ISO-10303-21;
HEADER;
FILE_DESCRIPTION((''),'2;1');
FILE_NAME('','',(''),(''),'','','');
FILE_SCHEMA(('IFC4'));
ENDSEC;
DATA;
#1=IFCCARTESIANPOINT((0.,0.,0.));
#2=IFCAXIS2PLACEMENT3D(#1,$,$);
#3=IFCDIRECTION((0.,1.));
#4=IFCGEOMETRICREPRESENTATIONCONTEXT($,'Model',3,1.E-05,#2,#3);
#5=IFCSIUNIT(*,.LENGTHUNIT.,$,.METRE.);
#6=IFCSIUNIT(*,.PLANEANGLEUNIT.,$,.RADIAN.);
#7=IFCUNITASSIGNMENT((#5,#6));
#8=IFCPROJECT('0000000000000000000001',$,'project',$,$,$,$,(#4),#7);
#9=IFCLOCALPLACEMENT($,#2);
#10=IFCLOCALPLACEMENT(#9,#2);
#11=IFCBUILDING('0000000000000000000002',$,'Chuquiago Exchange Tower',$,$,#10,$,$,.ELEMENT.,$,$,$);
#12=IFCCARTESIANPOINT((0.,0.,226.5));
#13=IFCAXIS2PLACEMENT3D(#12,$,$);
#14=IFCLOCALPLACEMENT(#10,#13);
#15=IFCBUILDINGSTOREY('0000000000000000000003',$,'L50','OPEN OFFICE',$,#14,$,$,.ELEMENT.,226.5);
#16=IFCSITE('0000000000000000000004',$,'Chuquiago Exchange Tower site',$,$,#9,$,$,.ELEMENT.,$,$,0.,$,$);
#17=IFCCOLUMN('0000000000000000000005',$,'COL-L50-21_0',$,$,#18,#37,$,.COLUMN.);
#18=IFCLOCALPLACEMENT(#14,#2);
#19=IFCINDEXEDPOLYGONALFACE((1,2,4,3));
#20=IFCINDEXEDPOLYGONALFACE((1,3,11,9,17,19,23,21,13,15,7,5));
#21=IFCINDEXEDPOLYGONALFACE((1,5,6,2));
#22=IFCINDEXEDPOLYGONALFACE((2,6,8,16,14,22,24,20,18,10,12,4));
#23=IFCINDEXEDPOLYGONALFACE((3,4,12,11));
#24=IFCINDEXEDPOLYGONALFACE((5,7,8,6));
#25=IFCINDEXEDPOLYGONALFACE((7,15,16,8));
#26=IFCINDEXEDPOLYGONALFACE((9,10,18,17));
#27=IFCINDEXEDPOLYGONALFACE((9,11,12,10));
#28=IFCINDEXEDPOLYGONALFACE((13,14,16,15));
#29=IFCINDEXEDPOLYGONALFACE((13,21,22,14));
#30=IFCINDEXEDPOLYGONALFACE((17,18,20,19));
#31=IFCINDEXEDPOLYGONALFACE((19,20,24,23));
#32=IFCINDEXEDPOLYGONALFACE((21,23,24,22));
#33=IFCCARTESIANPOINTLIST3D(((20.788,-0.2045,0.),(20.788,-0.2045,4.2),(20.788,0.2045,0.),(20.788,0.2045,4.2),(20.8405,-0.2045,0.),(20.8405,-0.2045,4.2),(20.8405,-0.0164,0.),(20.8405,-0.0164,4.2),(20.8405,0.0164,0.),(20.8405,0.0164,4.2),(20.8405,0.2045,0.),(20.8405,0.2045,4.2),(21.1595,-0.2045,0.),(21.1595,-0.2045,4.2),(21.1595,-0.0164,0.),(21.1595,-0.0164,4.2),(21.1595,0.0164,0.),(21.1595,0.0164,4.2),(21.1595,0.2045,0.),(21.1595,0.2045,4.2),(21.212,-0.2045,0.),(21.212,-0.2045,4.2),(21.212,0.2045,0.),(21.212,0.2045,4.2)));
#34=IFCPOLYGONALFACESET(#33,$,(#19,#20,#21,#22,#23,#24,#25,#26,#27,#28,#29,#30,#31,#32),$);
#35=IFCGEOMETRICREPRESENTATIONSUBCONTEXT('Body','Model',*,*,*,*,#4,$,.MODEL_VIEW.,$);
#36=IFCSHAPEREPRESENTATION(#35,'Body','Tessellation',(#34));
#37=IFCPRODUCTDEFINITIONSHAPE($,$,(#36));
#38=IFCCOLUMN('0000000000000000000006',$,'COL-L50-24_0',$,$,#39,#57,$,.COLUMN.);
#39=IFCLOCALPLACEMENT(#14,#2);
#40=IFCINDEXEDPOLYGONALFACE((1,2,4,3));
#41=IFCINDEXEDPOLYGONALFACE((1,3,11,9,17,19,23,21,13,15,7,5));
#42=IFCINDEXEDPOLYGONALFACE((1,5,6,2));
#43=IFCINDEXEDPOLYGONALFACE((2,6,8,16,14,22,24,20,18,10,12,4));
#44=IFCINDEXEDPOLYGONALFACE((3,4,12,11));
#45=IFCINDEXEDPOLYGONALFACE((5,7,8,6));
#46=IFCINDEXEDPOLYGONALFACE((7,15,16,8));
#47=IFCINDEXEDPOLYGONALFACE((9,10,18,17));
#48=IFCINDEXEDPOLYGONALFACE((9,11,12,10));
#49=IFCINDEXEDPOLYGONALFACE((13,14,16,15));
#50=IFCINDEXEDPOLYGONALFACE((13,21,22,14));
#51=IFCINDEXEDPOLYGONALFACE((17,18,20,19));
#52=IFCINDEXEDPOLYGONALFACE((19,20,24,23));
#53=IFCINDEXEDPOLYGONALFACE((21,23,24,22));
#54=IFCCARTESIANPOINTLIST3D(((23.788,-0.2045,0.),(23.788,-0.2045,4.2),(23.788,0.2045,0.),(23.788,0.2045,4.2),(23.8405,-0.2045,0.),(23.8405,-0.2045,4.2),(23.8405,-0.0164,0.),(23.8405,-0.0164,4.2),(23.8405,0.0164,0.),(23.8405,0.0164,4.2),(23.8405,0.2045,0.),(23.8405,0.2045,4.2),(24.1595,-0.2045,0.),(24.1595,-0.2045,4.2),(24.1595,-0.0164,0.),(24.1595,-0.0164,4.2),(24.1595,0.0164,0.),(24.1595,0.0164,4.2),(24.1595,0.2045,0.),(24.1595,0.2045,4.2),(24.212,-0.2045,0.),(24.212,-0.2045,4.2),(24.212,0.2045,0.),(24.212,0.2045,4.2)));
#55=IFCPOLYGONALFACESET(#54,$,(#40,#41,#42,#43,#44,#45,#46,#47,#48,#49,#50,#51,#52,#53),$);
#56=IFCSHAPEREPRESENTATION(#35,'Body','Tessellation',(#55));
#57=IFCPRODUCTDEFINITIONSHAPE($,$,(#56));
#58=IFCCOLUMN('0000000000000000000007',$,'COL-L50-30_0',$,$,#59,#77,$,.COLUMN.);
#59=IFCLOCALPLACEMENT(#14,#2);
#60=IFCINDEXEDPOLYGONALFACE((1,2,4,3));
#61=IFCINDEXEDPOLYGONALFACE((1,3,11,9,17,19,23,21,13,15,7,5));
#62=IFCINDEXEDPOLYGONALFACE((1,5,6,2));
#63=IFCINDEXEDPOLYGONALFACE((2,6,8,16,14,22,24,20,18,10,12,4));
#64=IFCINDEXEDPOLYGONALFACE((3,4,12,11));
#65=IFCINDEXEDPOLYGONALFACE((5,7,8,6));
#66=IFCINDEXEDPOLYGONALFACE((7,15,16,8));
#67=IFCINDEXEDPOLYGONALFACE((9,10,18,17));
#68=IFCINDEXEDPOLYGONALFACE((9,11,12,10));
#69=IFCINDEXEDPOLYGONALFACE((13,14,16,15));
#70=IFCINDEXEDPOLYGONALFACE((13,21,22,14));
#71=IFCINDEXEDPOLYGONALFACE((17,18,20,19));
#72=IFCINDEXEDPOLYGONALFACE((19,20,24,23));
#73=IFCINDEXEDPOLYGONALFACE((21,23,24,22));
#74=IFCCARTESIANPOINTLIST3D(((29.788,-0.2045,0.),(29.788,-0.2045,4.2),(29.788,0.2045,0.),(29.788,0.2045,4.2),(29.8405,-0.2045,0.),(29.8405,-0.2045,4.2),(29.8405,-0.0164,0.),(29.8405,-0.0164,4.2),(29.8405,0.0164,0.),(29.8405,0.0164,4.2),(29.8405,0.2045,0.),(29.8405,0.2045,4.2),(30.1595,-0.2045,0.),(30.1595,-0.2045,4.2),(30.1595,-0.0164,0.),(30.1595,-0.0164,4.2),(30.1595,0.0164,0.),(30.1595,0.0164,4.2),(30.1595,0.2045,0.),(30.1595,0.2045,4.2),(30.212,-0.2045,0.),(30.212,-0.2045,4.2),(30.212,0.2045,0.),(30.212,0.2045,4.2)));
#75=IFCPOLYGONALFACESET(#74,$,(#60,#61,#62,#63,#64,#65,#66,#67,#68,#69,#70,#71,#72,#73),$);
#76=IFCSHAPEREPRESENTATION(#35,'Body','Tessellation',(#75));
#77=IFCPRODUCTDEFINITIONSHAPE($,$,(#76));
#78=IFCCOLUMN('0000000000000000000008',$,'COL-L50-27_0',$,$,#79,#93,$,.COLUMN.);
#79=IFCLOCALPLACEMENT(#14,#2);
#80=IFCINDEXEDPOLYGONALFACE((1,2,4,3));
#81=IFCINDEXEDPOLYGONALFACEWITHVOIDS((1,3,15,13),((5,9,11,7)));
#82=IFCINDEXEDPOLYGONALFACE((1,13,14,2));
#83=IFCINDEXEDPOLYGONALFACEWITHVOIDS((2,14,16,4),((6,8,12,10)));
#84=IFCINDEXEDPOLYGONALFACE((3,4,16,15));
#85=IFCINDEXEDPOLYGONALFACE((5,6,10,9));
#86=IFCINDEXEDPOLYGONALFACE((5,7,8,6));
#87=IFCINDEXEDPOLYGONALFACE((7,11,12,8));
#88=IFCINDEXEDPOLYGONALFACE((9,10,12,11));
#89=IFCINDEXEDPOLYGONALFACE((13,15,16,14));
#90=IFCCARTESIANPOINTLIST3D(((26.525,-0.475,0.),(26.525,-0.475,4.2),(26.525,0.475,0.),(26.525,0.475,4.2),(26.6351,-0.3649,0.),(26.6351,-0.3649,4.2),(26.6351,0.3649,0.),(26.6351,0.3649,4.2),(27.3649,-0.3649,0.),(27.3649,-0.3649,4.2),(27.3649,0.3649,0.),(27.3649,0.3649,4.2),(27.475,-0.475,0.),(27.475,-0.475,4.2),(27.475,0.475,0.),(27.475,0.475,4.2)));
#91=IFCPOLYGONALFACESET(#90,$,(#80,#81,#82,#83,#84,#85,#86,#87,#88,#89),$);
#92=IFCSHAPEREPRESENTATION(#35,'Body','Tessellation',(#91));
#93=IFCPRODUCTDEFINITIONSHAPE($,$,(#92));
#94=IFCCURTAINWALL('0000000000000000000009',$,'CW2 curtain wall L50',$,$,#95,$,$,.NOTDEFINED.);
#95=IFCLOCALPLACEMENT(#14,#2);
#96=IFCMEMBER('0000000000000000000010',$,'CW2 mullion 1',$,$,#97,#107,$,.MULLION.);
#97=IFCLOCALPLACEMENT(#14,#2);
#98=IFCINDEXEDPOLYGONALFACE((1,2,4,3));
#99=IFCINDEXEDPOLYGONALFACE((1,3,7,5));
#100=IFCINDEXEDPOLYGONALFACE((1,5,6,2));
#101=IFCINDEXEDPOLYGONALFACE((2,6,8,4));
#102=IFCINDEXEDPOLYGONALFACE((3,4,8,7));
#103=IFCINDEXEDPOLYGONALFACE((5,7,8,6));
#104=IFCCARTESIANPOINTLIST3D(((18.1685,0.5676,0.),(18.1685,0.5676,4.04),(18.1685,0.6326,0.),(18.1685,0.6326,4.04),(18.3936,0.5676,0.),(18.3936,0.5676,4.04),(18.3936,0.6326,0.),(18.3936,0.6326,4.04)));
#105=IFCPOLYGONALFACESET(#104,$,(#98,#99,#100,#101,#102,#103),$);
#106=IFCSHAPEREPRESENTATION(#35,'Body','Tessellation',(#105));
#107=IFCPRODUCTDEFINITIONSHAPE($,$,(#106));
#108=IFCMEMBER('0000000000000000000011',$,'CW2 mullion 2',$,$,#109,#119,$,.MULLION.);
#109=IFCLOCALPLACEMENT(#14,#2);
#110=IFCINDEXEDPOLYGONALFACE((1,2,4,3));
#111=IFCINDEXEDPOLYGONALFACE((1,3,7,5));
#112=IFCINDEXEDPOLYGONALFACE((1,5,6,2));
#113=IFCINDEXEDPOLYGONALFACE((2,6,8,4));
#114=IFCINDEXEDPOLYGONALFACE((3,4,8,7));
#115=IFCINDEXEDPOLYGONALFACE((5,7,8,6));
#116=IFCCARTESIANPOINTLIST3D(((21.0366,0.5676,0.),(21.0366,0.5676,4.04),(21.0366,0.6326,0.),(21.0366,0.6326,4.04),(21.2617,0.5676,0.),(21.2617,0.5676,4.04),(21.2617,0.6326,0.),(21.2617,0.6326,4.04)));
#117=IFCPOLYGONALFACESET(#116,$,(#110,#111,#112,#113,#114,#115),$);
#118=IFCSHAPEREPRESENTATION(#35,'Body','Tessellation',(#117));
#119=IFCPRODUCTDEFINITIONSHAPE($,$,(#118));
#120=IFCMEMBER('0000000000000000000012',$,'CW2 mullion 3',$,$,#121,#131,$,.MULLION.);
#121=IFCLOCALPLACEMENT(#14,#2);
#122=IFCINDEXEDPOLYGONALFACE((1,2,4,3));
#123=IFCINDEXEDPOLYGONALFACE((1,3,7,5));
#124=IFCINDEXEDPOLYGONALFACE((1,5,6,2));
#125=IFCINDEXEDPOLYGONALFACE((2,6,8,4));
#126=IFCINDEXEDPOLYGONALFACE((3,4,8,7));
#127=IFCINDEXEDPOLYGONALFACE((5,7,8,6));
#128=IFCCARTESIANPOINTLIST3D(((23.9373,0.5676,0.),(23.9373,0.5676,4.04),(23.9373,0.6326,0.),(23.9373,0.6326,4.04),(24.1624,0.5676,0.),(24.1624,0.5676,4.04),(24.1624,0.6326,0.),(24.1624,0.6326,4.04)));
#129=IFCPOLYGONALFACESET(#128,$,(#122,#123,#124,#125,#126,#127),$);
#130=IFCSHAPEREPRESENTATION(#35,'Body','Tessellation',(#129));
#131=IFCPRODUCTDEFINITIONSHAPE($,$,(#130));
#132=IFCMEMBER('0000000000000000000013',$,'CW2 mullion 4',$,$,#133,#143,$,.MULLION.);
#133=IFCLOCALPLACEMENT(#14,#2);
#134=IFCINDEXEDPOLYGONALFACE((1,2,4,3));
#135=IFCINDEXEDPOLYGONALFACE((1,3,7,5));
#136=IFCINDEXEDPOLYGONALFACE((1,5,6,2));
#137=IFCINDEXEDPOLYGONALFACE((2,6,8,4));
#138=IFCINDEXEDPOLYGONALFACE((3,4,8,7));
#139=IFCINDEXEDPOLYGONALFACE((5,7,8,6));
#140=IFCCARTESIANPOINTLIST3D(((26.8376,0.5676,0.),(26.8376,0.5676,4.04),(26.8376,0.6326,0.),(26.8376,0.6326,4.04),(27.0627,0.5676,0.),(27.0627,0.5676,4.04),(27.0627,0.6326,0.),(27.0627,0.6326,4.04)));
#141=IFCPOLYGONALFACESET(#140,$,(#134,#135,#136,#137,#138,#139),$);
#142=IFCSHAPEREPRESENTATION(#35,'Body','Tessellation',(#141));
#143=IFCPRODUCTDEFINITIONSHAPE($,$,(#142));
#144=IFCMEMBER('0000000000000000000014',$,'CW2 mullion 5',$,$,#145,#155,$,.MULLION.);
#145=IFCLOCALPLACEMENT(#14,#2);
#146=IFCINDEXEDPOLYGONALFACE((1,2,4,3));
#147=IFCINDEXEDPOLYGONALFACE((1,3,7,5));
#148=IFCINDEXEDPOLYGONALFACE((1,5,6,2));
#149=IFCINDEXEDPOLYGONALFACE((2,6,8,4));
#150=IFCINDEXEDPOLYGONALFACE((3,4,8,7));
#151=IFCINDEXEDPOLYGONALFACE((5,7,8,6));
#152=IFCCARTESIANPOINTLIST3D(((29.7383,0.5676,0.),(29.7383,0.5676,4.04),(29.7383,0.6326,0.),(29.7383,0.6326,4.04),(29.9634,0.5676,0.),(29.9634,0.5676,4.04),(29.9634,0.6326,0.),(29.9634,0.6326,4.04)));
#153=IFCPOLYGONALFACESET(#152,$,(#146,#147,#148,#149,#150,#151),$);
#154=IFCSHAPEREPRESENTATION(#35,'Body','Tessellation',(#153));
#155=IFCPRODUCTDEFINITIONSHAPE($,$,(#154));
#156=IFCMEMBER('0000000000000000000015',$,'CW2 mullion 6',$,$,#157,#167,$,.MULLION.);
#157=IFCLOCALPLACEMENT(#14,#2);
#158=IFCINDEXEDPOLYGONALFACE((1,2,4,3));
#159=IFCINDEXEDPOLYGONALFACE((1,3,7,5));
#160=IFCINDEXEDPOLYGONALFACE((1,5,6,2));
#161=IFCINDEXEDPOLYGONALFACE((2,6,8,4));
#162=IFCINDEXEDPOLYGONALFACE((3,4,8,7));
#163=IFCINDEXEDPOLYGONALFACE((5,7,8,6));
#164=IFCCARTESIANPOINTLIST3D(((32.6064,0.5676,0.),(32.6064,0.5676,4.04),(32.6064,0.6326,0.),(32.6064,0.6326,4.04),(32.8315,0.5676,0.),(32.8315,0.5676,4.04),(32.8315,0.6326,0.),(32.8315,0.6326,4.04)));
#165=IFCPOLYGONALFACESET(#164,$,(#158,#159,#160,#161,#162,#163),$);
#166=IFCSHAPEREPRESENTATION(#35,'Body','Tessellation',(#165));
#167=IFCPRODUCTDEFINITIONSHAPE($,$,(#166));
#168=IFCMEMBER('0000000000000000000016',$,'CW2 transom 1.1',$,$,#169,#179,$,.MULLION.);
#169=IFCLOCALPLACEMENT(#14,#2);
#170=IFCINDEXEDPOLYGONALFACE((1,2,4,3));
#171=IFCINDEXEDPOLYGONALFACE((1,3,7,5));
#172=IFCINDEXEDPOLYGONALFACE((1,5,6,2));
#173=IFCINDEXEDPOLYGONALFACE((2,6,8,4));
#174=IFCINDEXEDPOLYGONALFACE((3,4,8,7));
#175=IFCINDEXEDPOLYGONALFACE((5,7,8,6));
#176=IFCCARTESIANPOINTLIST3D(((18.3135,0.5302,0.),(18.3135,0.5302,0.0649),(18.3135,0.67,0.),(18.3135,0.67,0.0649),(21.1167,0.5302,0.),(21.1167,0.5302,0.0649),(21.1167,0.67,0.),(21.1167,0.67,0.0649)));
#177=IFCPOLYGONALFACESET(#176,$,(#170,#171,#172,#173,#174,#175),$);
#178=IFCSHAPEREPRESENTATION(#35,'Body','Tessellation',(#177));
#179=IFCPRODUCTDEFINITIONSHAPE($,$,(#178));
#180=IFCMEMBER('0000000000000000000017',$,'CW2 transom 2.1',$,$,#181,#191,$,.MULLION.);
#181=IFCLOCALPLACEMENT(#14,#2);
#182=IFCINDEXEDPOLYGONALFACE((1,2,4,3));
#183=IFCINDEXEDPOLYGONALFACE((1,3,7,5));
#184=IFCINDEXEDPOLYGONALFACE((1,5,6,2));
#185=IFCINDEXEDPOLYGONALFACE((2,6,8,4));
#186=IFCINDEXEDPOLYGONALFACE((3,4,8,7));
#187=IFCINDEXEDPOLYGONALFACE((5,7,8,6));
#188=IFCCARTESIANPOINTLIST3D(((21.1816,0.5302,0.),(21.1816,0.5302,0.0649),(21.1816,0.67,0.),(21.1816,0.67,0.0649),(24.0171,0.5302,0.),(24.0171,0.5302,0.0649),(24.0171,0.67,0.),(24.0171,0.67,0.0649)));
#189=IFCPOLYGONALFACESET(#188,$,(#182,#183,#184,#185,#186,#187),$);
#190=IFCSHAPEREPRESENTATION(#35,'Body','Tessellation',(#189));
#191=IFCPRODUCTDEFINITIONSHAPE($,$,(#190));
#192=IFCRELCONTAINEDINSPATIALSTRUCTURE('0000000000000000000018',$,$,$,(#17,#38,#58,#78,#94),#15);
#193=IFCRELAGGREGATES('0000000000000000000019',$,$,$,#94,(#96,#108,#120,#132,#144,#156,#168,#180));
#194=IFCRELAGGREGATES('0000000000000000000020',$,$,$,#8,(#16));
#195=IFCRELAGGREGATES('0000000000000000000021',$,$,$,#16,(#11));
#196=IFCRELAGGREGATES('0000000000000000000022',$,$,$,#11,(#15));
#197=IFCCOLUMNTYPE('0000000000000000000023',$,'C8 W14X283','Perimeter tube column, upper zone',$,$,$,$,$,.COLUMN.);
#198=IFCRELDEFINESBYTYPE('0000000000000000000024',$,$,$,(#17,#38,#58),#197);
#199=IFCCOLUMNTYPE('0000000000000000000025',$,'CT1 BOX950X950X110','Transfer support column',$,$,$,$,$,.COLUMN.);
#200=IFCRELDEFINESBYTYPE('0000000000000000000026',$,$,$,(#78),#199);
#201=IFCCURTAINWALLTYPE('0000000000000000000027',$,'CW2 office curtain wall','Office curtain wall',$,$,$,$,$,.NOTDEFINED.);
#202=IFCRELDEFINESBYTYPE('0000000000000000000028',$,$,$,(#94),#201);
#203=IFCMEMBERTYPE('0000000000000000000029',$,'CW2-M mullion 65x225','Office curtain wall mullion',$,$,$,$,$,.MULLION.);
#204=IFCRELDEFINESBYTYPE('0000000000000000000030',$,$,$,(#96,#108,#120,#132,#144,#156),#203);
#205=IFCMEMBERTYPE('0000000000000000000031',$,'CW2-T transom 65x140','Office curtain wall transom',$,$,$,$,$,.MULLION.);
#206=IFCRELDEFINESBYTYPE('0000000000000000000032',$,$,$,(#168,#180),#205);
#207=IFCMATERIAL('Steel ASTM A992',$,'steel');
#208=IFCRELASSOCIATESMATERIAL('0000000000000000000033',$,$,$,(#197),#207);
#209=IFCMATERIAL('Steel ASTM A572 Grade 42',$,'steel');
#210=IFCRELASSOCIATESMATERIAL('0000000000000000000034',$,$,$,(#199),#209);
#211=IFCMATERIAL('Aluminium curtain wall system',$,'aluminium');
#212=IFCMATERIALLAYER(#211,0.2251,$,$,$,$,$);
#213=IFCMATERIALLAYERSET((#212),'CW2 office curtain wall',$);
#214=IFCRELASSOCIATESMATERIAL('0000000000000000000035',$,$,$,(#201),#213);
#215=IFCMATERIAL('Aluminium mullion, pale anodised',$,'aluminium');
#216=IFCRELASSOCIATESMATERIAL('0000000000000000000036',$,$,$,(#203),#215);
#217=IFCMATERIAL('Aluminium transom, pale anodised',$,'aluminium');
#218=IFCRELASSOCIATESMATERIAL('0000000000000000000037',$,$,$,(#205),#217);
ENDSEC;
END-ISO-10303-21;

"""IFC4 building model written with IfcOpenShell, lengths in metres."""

from ifc_helpers import new_model, si_unit, direction, frame, origin, origin_2d, place, context, subcontext, project, spatial, rectangle, hollow_rectangle, i_section, extrude, material, layer, layer_set, material_profile, profile_set, type_object, element, aggregate, save


model = new_model("IFC4")

# Units and contexts
model_context = context("Model", 3, precision=1e-05, world=origin(), true_north=direction((0.0, 1.0)))
body_context = subcontext(model_context, "Body", "Model", "MODEL_VIEW")
ifc_project = project(units=[si_unit("LENGTHUNIT", "METRE"), si_unit("PLANEANGLEUNIT", "RADIAN")], contexts=[model_context])

# Site, building, storey
site_placement = place(None, origin())
site = spatial("IfcSite", under=ifc_project, at=site_placement, Name="Chuquiago Exchange Tower site", CompositionType="ELEMENT", RefElevation=0.0)
building_placement = place(site_placement, origin())
building = spatial("IfcBuilding", under=site, at=building_placement, Name="Chuquiago Exchange Tower", CompositionType="ELEMENT")
storey_placement = place(building_placement, frame((0.0, 0.0, 226.5)))
storey = spatial("IfcBuildingStorey", under=building, at=storey_placement, Name="L50", Description="OPEN OFFICE", CompositionType="ELEMENT", Elevation=226.5)

# Columns
ifc_material_1 = material(Name="Steel ASTM A992", Category="steel")
ifc_material_profile_1 = material_profile(ifc_material_1, i_section(OverallWidth=0.4089, OverallDepth=0.4241, WebThickness=0.0327, FlangeThickness=0.0525, at=origin_2d()), Name="W14X283")
ifc_profile_set_1 = profile_set([ifc_material_profile_1], Name="Steel ASTM A992")
column_type_1 = type_object("IfcColumnType", Name="C8 W14X283", Description="Perimeter tube column, upper zone", PredefinedType="COLUMN", material=ifc_profile_set_1)
for number, where, z_axis, x_axis, name in (
    (1, (21.0, 0.0, 0.0), (0.0, 0.0, 1.0), (0.0, -1.0, 0.0), "COL-L50-21_0"),
    (2, (24.0, 0.0, 0.0), (0.0, 0.0, 1.0), (0.0, -1.0, 0.0), "COL-L50-24_0"),
    (3, (30.0, 0.0, 0.0), (0.0, 0.0, 1.0), (0.0, -1.0, 0.0), "COL-L50-30_0"),
):
    element("IfcColumn", number, at=place(storey_placement, frame(where, z_axis=z_axis, x_axis=x_axis)), inside=storey, type_object=column_type_1, Name=name, PredefinedType="COLUMN", context=body_context, shape_type="SweptSolid", body=[
        extrude(i_section(OverallWidth=0.4089, OverallDepth=0.4241, WebThickness=0.0327, FlangeThickness=0.0525, at=origin_2d()), origin(), (0.0, 0.0, 1.0), 4.2),
    ])
ifc_material_2 = material(Name="Steel ASTM A572 Grade 42", Category="steel")
ifc_material_profile_2 = material_profile(ifc_material_2, hollow_rectangle(XDim=0.95, YDim=0.95, WallThickness=0.1101, at=origin_2d()), Name="BOX950X950X110")
ifc_profile_set_2 = profile_set([ifc_material_profile_2], Name="Steel ASTM A572 Grade 42")
column_type_2 = type_object("IfcColumnType", Name="CT1 BOX950X950X110", Description="Transfer support column", PredefinedType="COLUMN", material=ifc_profile_set_2)
column_placement = place(storey_placement, frame((27.0, 0.0, 0.0), z_axis=(0.0, 0.0, 1.0), x_axis=(0.0, -1.0, 0.0)))
element("IfcColumn", 4, at=column_placement, inside=storey, type_object=column_type_2, Name="COL-L50-27_0", PredefinedType="COLUMN", context=body_context, shape_type="SweptSolid", body=[
    extrude(hollow_rectangle(XDim=0.95, YDim=0.95, WallThickness=0.1101, at=origin_2d()), origin(), (0.0, 0.0, 1.0), 4.2),
])

# Curtain wall, members
ifc_material_3 = material(Name="Aluminium curtain wall system", Category="aluminium")
ifc_layer_1 = layer(ifc_material_3, 0.2251)
ifc_layer_set_1 = layer_set([ifc_layer_1], Name="CW2 office curtain wall")
curtain_wall_type_1 = type_object("IfcCurtainWallType", Name="CW2 office curtain wall", Description="Office curtain wall", PredefinedType="NOTDEFINED", material=ifc_layer_set_1)
curtain_wall_1_placement = place(storey_placement, origin())
curtain_wall_1 = element("IfcCurtainWall", 5, at=curtain_wall_1_placement, inside=storey, type_object=curtain_wall_type_1, Name="CW2 curtain wall L50", PredefinedType="NOTDEFINED")
ifc_material_4 = material(Name="Aluminium mullion, pale anodised", Category="aluminium")
ifc_material_profile_3 = material_profile(ifc_material_4, rectangle(XDim=0.0649, YDim=0.2251, at=origin_2d()), Name="AL 65x225")
ifc_profile_set_3 = profile_set([ifc_material_profile_3], Name="Aluminium mullion, pale anodised")
member_type_1 = type_object("IfcMemberType", Name="CW2-M mullion 65x225", Description="Office curtain wall mullion", PredefinedType="MULLION", material=ifc_profile_set_3)
member_1_placement = place(storey_placement, frame((18.281, 0.6001, 0.0), z_axis=(0.0, 0.0, 1.0), x_axis=(0.0, 1.0, 0.0)))
member_1 = element("IfcMember", 6, at=member_1_placement, type_object=member_type_1, Name="CW2 mullion 1", PredefinedType="MULLION", context=body_context, shape_type="SweptSolid", body=[
    extrude(rectangle(XDim=0.0649, YDim=0.2251, at=origin_2d()), origin(), (0.0, 0.0, 1.0), 4.04),
])
member_2_placement = place(storey_placement, frame((21.1492, 0.6001, 0.0), z_axis=(0.0, 0.0, 1.0), x_axis=(0.0, 1.0, 0.0)))
member_2 = element("IfcMember", 7, at=member_2_placement, type_object=member_type_1, Name="CW2 mullion 2", PredefinedType="MULLION", context=body_context, shape_type="SweptSolid", body=[
    extrude(rectangle(XDim=0.0649, YDim=0.2251, at=origin_2d()), origin(), (0.0, 0.0, 1.0), 4.04),
])
member_3_placement = place(storey_placement, frame((24.0498, 0.6001, 0.0), z_axis=(0.0, 0.0, 1.0), x_axis=(0.0, 1.0, 0.0)))
member_3 = element("IfcMember", 8, at=member_3_placement, type_object=member_type_1, Name="CW2 mullion 3", PredefinedType="MULLION", context=body_context, shape_type="SweptSolid", body=[
    extrude(rectangle(XDim=0.0649, YDim=0.2251, at=origin_2d()), origin(), (0.0, 0.0, 1.0), 4.04),
])
member_4_placement = place(storey_placement, frame((26.9502, 0.6001, 0.0), z_axis=(0.0, 0.0, 1.0), x_axis=(0.0, 1.0, 0.0)))
member_4 = element("IfcMember", 9, at=member_4_placement, type_object=member_type_1, Name="CW2 mullion 4", PredefinedType="MULLION", context=body_context, shape_type="SweptSolid", body=[
    extrude(rectangle(XDim=0.0649, YDim=0.2251, at=origin_2d()), origin(), (0.0, 0.0, 1.0), 4.04),
])
member_5_placement = place(storey_placement, frame((29.8508, 0.6001, 0.0), z_axis=(0.0, 0.0, 1.0), x_axis=(0.0, 1.0, 0.0)))
member_5 = element("IfcMember", 10, at=member_5_placement, type_object=member_type_1, Name="CW2 mullion 5", PredefinedType="MULLION", context=body_context, shape_type="SweptSolid", body=[
    extrude(rectangle(XDim=0.0649, YDim=0.2251, at=origin_2d()), origin(), (0.0, 0.0, 1.0), 4.04),
])
member_6_placement = place(storey_placement, frame((32.719, 0.6001, 0.0), z_axis=(0.0, 0.0, 1.0), x_axis=(0.0, 1.0, 0.0)))
member_6 = element("IfcMember", 11, at=member_6_placement, type_object=member_type_1, Name="CW2 mullion 6", PredefinedType="MULLION", context=body_context, shape_type="SweptSolid", body=[
    extrude(rectangle(XDim=0.0649, YDim=0.2251, at=origin_2d()), origin(), (0.0, 0.0, 1.0), 4.04),
])
ifc_material_5 = material(Name="Aluminium transom, pale anodised", Category="aluminium")
ifc_material_profile_4 = material_profile(ifc_material_5, rectangle(XDim=0.1399, YDim=0.0649, at=origin_2d()), Name="AL 140x65")
ifc_profile_set_4 = profile_set([ifc_material_profile_4], Name="Aluminium transom, pale anodised")
member_type_2 = type_object("IfcMemberType", Name="CW2-T transom 65x140", Description="Office curtain wall transom", PredefinedType="MULLION", material=ifc_profile_set_4)
member_7_placement = place(storey_placement, frame((18.3135, 0.6001, 0.0325), z_axis=(1.0, 0.0, 0.0), x_axis=(0.0, 1.0, 0.0)))
member_7 = element("IfcMember", 12, at=member_7_placement, type_object=member_type_2, Name="CW2 transom 1.1", PredefinedType="MULLION", context=body_context, shape_type="SweptSolid", body=[
    extrude(rectangle(XDim=0.1399, YDim=0.0649, at=origin_2d()), origin(), (0.0, 0.0, 1.0), 2.8032),
])
member_8_placement = place(storey_placement, frame((21.1816, 0.6001, 0.0325), z_axis=(1.0, 0.0, 0.0), x_axis=(0.0, 1.0, 0.0)))
member_8 = element("IfcMember", 13, at=member_8_placement, type_object=member_type_2, Name="CW2 transom 2.1", PredefinedType="MULLION", context=body_context, shape_type="SweptSolid", body=[
    extrude(rectangle(XDim=0.1399, YDim=0.0649, at=origin_2d()), origin(), (0.0, 0.0, 1.0), 2.8354),
])

aggregate(curtain_wall_1, [member_1, member_2, member_3, member_4, member_5, member_6, member_7, member_8])

save(model, "model.ifc")
